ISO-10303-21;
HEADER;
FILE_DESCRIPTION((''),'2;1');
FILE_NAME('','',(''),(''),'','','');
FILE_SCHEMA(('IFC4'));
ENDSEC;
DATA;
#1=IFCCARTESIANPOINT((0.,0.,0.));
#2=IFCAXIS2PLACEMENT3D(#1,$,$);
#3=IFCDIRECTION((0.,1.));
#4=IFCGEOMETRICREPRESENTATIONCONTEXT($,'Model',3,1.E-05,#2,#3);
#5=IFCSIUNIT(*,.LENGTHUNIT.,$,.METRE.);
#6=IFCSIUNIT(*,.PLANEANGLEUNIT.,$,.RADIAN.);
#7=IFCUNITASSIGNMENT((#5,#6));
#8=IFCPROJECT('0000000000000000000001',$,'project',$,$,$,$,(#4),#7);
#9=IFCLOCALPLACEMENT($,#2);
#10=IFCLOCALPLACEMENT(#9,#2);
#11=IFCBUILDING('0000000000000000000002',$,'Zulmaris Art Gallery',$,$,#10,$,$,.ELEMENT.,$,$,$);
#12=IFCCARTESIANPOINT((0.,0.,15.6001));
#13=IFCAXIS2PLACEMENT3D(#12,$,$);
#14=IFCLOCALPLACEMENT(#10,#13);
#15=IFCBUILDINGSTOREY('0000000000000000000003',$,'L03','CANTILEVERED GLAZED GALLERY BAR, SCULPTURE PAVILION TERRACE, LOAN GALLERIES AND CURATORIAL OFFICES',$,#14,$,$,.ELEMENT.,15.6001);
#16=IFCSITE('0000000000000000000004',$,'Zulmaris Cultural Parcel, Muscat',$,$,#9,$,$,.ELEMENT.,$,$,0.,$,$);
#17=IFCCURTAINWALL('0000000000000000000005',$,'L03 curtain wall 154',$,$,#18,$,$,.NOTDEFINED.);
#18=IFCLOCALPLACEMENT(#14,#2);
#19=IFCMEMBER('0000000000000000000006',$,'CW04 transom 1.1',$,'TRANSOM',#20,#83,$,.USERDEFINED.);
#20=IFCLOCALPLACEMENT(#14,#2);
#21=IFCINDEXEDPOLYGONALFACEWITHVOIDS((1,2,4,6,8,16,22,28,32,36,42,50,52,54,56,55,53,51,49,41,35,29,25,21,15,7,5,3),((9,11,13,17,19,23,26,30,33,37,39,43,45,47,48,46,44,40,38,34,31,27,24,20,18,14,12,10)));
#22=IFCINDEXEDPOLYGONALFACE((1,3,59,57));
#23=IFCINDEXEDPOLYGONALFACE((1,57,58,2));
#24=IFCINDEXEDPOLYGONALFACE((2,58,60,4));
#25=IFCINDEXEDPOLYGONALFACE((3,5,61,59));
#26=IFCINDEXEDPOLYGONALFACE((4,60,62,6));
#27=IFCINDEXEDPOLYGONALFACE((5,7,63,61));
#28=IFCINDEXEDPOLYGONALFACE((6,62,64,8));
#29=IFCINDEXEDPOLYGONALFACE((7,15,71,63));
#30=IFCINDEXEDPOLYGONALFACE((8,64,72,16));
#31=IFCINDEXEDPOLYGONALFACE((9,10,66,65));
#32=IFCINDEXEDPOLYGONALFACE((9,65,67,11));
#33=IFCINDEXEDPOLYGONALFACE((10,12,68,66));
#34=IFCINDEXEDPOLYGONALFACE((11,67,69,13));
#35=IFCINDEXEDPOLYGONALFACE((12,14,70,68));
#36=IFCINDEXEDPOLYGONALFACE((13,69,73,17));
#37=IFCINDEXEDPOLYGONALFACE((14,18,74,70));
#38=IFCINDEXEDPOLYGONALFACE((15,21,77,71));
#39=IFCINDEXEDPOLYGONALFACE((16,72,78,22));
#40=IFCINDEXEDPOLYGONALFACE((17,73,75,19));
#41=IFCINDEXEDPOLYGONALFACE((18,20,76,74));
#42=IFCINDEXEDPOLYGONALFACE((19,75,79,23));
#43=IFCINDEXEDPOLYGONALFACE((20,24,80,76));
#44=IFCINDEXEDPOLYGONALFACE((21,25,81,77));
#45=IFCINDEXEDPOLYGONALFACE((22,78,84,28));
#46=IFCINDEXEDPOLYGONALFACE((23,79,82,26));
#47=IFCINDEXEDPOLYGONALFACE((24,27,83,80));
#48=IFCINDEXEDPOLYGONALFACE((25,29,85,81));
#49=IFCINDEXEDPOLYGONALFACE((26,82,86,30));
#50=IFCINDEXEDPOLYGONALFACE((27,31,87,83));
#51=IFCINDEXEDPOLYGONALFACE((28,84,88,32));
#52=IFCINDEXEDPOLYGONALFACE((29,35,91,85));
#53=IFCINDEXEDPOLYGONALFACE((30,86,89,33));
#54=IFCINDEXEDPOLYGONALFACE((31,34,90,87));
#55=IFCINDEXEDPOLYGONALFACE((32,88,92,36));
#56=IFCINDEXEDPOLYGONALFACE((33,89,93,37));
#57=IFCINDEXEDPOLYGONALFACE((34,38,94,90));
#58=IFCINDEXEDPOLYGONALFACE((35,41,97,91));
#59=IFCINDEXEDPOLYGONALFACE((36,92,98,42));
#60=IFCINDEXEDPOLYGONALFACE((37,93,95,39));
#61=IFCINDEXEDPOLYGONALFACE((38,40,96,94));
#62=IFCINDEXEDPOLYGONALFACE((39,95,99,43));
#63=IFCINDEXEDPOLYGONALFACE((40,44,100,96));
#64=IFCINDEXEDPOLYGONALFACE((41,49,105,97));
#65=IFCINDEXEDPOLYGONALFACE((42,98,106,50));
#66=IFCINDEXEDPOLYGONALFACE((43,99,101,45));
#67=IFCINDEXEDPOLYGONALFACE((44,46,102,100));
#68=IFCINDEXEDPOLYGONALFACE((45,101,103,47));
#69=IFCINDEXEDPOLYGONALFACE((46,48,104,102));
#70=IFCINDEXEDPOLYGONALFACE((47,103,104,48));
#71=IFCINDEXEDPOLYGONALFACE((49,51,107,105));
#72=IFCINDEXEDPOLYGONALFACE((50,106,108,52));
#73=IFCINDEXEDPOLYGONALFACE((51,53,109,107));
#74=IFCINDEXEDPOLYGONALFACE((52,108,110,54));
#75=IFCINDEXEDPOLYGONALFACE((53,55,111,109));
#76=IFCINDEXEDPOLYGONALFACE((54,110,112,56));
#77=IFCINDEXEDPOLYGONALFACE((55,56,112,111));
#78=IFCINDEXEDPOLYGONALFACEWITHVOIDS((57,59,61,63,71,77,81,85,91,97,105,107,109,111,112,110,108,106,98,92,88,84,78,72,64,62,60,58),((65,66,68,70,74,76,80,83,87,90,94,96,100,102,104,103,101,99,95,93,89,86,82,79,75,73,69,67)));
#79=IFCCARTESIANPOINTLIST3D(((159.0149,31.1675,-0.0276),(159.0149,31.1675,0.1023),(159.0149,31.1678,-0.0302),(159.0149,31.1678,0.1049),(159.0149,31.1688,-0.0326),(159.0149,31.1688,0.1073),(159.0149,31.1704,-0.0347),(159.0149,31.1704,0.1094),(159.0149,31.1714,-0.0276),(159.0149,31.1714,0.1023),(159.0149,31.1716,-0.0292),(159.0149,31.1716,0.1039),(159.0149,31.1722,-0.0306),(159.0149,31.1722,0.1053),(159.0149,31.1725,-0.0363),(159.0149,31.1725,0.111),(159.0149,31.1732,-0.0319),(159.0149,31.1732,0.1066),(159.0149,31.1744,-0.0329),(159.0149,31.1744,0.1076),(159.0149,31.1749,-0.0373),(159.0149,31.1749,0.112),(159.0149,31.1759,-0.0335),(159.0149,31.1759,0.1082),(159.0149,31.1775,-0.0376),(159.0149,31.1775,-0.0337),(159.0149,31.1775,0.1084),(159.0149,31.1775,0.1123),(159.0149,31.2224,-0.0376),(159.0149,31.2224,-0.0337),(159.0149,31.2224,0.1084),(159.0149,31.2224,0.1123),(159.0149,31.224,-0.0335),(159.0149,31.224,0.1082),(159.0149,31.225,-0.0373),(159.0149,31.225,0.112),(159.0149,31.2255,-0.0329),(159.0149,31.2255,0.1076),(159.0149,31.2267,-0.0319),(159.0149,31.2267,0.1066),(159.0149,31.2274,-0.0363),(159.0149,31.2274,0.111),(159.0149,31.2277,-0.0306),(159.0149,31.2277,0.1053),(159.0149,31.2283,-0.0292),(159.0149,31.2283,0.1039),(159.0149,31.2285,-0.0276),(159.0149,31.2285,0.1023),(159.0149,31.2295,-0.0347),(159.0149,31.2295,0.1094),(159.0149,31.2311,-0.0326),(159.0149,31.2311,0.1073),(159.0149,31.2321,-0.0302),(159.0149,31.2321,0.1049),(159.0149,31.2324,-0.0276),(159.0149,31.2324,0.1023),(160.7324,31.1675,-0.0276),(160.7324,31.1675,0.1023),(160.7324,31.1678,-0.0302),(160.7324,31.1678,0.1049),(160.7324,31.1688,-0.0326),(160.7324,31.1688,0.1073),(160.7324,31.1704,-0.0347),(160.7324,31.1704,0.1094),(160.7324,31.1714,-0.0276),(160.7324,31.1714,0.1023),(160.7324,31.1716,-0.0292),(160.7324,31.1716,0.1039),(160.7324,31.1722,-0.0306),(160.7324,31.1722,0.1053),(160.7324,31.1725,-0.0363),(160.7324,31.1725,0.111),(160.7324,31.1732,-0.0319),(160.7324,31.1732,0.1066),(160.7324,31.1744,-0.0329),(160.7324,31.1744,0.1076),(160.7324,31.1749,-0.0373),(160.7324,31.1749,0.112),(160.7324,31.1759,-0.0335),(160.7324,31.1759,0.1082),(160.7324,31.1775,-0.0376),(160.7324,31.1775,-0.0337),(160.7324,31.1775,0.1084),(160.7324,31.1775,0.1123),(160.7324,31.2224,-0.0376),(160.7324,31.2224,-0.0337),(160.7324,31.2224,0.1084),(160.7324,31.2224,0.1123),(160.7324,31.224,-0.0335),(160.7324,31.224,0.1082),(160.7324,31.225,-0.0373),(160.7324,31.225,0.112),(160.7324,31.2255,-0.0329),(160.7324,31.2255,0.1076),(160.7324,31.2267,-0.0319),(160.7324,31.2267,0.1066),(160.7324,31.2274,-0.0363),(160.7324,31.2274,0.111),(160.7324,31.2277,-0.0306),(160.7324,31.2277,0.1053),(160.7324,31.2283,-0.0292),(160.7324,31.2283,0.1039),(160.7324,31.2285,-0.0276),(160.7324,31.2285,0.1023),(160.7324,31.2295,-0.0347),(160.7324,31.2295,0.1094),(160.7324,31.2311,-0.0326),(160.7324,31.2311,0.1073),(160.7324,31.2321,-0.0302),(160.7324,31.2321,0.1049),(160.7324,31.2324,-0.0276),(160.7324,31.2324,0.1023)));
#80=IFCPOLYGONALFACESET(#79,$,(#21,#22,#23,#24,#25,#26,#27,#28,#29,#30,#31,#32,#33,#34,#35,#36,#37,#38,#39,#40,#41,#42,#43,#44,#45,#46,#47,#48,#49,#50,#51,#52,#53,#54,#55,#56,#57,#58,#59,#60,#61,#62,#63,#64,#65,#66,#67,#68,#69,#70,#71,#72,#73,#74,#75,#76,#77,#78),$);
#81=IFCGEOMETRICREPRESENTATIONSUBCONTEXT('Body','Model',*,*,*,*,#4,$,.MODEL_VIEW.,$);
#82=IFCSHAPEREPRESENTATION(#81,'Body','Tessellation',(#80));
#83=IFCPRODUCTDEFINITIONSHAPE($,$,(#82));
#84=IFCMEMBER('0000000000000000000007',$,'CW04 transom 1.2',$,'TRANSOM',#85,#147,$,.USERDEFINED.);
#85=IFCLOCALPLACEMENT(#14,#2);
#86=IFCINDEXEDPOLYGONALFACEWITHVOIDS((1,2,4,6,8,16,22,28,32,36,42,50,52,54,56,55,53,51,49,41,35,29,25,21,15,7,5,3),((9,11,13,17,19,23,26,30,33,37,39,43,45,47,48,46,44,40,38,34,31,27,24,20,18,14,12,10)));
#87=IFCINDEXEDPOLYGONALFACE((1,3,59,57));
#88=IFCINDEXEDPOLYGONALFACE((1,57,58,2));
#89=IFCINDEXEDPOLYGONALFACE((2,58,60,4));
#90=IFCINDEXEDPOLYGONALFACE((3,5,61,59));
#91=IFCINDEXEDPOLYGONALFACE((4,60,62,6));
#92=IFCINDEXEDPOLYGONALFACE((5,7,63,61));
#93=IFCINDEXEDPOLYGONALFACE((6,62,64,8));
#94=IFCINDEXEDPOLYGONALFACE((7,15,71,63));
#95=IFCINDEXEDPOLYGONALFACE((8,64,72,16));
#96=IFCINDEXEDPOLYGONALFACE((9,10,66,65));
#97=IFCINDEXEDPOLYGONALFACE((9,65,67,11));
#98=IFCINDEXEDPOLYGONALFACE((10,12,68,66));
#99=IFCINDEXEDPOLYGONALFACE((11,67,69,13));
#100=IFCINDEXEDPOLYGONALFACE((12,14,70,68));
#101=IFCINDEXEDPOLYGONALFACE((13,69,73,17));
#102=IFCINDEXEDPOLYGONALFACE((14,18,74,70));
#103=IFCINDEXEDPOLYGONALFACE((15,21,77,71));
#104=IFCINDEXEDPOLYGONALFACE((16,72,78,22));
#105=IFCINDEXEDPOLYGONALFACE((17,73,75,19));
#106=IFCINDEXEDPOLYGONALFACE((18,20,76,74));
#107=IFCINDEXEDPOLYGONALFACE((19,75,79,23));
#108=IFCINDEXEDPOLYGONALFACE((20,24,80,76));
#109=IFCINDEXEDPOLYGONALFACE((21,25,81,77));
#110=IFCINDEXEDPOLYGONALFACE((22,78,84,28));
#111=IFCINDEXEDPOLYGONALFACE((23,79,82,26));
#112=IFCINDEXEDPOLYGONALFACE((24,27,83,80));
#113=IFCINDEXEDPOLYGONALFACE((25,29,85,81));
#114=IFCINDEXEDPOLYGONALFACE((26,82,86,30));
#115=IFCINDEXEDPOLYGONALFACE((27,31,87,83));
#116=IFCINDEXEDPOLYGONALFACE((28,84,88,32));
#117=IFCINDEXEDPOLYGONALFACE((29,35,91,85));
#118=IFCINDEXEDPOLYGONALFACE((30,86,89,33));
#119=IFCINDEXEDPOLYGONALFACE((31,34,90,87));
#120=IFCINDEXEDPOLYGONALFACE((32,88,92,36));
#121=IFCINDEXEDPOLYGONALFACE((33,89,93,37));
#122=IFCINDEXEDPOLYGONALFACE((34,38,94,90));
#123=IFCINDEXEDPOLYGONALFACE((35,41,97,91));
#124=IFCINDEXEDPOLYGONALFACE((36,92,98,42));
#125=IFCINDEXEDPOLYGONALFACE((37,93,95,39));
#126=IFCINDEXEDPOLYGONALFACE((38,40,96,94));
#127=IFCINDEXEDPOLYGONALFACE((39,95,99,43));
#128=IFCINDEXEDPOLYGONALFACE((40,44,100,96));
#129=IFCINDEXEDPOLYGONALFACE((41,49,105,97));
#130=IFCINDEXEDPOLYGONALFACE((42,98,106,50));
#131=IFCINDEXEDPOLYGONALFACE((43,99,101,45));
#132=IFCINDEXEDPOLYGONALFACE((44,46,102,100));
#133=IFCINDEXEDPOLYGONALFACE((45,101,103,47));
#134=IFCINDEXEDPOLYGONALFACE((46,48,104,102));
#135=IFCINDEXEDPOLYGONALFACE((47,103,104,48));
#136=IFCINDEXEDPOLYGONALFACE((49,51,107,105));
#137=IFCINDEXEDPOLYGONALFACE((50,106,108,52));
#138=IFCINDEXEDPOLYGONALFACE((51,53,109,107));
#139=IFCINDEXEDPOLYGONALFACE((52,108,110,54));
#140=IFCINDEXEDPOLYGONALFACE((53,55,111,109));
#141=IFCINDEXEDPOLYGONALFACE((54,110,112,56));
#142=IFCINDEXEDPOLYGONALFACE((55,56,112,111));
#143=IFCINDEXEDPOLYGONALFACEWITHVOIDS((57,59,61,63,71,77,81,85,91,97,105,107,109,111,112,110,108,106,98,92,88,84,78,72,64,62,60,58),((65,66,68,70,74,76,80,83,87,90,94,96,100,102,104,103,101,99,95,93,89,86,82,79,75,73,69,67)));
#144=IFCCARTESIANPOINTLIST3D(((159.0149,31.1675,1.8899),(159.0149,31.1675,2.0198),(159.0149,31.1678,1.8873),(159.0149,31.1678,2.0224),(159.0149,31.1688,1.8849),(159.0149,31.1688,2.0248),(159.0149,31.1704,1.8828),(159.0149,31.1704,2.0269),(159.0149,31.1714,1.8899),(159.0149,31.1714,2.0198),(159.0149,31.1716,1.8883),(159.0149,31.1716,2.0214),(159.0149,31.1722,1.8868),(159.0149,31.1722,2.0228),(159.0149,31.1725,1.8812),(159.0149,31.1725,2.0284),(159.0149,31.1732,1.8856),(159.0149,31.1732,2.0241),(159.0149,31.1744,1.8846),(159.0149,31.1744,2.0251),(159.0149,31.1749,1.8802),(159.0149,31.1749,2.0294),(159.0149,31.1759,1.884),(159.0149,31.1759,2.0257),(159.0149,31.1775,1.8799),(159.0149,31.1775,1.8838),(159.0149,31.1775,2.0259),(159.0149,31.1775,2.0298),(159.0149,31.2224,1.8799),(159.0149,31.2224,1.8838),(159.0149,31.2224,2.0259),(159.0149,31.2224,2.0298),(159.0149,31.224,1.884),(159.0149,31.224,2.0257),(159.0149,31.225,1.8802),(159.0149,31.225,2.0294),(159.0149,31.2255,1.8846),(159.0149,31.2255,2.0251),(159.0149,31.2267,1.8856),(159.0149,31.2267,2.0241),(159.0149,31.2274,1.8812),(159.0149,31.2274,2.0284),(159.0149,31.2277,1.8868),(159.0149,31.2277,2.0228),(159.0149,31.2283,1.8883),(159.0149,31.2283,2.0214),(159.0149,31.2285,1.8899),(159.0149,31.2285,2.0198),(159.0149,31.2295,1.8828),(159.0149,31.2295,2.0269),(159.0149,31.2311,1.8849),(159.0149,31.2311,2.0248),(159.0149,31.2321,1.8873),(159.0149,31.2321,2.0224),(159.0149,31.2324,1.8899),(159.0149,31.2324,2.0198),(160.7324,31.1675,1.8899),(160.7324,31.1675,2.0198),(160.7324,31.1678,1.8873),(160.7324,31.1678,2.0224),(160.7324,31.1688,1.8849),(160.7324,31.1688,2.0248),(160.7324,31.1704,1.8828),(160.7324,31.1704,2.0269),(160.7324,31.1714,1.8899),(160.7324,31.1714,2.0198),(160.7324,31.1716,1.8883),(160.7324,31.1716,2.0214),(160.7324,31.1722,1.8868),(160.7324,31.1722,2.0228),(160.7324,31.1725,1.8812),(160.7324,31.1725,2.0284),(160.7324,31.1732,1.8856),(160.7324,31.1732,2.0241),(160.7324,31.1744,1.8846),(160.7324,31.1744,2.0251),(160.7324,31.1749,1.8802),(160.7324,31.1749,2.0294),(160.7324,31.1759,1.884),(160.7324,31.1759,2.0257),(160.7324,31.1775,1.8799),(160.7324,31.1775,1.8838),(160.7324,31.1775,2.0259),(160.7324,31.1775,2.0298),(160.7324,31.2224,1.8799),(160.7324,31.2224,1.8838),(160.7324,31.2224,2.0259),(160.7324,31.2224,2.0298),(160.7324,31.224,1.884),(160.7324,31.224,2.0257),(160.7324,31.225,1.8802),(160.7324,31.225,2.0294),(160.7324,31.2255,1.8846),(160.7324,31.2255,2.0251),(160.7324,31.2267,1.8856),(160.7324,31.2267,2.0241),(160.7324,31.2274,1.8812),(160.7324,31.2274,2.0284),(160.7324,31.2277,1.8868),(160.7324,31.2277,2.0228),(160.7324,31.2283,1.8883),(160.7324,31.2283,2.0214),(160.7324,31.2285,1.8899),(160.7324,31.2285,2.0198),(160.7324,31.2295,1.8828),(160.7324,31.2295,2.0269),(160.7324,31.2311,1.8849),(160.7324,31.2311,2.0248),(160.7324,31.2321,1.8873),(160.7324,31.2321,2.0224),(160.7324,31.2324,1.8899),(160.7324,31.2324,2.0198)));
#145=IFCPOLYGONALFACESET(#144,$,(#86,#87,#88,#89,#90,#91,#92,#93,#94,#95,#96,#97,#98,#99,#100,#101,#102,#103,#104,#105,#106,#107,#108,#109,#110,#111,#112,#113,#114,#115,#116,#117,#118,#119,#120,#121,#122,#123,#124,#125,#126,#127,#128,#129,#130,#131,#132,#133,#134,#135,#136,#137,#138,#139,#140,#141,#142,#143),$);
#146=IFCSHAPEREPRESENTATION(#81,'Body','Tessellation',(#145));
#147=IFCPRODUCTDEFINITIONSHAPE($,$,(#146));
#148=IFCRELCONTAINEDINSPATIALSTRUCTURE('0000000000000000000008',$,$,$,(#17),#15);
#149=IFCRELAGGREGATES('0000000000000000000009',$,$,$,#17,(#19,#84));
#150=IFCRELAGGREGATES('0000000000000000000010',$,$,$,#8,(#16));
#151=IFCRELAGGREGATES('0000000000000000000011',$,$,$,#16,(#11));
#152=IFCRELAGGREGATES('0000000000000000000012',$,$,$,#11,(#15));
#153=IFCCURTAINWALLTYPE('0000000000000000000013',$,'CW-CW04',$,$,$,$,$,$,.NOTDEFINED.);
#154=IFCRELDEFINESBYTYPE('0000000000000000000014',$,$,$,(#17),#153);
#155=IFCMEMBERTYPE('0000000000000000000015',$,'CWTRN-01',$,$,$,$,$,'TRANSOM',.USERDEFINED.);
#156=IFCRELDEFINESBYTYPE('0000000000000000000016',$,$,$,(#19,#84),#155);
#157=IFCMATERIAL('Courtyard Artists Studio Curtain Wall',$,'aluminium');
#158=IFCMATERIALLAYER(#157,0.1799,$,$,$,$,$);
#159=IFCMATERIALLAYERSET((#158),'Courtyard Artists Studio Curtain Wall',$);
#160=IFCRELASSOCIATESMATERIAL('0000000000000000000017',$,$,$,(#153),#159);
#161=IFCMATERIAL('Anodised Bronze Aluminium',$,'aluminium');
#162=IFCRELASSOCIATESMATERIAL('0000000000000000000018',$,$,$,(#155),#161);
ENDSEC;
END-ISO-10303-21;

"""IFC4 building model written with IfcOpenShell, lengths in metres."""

from ifc_helpers import new_model, si_unit, direction, frame, origin, origin_2d, place, context, subcontext, project, spatial, hollow_rectangle, extrude, material, layer, layer_set, material_profile, profile_set, type_object, element, aggregate, save


model = new_model("IFC4")

# Units and contexts
model_context = context("Model", 3, precision=1e-05, world=origin(), true_north=direction((0.0, 1.0)))
body_context = subcontext(model_context, "Body", "Model", "MODEL_VIEW")
ifc_project = project(units=[si_unit("LENGTHUNIT", "METRE"), si_unit("PLANEANGLEUNIT", "RADIAN")], contexts=[model_context])

# Site, building, storey
site_placement = place(None, origin())
site = spatial("IfcSite", under=ifc_project, at=site_placement, Name="Zulmaris Cultural Parcel, Muscat", CompositionType="ELEMENT", RefElevation=0.0)
building_placement = place(site_placement, origin())
building = spatial("IfcBuilding", under=site, at=building_placement, Name="Zulmaris Art Gallery", CompositionType="ELEMENT")
storey_placement = place(building_placement, frame((0.0, 0.0, 15.6001)))
storey = spatial("IfcBuildingStorey", under=building, at=storey_placement, Name="L03", Description="CANTILEVERED GLAZED GALLERY BAR, SCULPTURE PAVILION TERRACE, LOAN GALLERIES AND CURATORIAL OFFICES", CompositionType="ELEMENT", Elevation=15.6001)

# Curtain wall
ifc_material_1 = material(Name="Courtyard Artists Studio Curtain Wall", Category="aluminium")
ifc_layer_1 = layer(ifc_material_1, 0.1799)
ifc_layer_set_1 = layer_set([ifc_layer_1], Name="Courtyard Artists Studio Curtain Wall")
curtain_wall_type = type_object("IfcCurtainWallType", Name="CW-CW04", PredefinedType="NOTDEFINED", material=ifc_layer_set_1)
curtain_wall_1_placement = place(storey_placement, origin())
curtain_wall_1 = element("IfcCurtainWall", 1, at=curtain_wall_1_placement, inside=storey, type_object=curtain_wall_type, Name="L03 curtain wall 154", PredefinedType="NOTDEFINED")
ifc_material_2 = material(Name="Anodised Bronze Aluminium", Category="aluminium")

# Members
ifc_material_profile_1 = material_profile(ifc_material_2, hollow_rectangle(XDim=0.0649, YDim=0.1499, WallThickness=0.0039, InnerFilletRadius=0.0061, OuterFilletRadius=0.01, at=origin_2d()), Name="ALU 65x150x4")
ifc_profile_set_1 = profile_set([ifc_material_profile_1], Name="Anodised Bronze Aluminium")
member_type_1 = type_object("IfcMemberType", Name="CWTRN-01", ElementType="TRANSOM", PredefinedType="USERDEFINED", material=ifc_profile_set_1)
member_1_placement = place(storey_placement, frame((159.0149, 31.2, 0.0374), z_axis=(1.0, 0.0, 0.0), x_axis=(0.0, 1.0, 0.0)))
member_1 = element("IfcMember", 2, at=member_1_placement, type_object=member_type_1, Name="CW04 transom 1.1", ObjectType="TRANSOM", PredefinedType="USERDEFINED", context=body_context, shape_type="SweptSolid", body=[
    extrude(hollow_rectangle(XDim=0.0649, YDim=0.1499, WallThickness=0.0039, InnerFilletRadius=0.0061, OuterFilletRadius=0.01, at=origin_2d()), origin(), (0.0, 0.0, 1.0), 1.7175),
])
member_2_placement = place(storey_placement, frame((159.0149, 31.2, 1.9548), z_axis=(1.0, 0.0, 0.0), x_axis=(0.0, 1.0, 0.0)))
member_2 = element("IfcMember", 3, at=member_2_placement, type_object=member_type_1, Name="CW04 transom 1.2", ObjectType="TRANSOM", PredefinedType="USERDEFINED", context=body_context, shape_type="SweptSolid", body=[
    extrude(hollow_rectangle(XDim=0.0649, YDim=0.1499, WallThickness=0.0039, InnerFilletRadius=0.0061, OuterFilletRadius=0.01, at=origin_2d()), origin(), (0.0, 0.0, 1.0), 1.7175),
])

aggregate(curtain_wall_1, [member_1, member_2])

save(model, "model.ifc")
